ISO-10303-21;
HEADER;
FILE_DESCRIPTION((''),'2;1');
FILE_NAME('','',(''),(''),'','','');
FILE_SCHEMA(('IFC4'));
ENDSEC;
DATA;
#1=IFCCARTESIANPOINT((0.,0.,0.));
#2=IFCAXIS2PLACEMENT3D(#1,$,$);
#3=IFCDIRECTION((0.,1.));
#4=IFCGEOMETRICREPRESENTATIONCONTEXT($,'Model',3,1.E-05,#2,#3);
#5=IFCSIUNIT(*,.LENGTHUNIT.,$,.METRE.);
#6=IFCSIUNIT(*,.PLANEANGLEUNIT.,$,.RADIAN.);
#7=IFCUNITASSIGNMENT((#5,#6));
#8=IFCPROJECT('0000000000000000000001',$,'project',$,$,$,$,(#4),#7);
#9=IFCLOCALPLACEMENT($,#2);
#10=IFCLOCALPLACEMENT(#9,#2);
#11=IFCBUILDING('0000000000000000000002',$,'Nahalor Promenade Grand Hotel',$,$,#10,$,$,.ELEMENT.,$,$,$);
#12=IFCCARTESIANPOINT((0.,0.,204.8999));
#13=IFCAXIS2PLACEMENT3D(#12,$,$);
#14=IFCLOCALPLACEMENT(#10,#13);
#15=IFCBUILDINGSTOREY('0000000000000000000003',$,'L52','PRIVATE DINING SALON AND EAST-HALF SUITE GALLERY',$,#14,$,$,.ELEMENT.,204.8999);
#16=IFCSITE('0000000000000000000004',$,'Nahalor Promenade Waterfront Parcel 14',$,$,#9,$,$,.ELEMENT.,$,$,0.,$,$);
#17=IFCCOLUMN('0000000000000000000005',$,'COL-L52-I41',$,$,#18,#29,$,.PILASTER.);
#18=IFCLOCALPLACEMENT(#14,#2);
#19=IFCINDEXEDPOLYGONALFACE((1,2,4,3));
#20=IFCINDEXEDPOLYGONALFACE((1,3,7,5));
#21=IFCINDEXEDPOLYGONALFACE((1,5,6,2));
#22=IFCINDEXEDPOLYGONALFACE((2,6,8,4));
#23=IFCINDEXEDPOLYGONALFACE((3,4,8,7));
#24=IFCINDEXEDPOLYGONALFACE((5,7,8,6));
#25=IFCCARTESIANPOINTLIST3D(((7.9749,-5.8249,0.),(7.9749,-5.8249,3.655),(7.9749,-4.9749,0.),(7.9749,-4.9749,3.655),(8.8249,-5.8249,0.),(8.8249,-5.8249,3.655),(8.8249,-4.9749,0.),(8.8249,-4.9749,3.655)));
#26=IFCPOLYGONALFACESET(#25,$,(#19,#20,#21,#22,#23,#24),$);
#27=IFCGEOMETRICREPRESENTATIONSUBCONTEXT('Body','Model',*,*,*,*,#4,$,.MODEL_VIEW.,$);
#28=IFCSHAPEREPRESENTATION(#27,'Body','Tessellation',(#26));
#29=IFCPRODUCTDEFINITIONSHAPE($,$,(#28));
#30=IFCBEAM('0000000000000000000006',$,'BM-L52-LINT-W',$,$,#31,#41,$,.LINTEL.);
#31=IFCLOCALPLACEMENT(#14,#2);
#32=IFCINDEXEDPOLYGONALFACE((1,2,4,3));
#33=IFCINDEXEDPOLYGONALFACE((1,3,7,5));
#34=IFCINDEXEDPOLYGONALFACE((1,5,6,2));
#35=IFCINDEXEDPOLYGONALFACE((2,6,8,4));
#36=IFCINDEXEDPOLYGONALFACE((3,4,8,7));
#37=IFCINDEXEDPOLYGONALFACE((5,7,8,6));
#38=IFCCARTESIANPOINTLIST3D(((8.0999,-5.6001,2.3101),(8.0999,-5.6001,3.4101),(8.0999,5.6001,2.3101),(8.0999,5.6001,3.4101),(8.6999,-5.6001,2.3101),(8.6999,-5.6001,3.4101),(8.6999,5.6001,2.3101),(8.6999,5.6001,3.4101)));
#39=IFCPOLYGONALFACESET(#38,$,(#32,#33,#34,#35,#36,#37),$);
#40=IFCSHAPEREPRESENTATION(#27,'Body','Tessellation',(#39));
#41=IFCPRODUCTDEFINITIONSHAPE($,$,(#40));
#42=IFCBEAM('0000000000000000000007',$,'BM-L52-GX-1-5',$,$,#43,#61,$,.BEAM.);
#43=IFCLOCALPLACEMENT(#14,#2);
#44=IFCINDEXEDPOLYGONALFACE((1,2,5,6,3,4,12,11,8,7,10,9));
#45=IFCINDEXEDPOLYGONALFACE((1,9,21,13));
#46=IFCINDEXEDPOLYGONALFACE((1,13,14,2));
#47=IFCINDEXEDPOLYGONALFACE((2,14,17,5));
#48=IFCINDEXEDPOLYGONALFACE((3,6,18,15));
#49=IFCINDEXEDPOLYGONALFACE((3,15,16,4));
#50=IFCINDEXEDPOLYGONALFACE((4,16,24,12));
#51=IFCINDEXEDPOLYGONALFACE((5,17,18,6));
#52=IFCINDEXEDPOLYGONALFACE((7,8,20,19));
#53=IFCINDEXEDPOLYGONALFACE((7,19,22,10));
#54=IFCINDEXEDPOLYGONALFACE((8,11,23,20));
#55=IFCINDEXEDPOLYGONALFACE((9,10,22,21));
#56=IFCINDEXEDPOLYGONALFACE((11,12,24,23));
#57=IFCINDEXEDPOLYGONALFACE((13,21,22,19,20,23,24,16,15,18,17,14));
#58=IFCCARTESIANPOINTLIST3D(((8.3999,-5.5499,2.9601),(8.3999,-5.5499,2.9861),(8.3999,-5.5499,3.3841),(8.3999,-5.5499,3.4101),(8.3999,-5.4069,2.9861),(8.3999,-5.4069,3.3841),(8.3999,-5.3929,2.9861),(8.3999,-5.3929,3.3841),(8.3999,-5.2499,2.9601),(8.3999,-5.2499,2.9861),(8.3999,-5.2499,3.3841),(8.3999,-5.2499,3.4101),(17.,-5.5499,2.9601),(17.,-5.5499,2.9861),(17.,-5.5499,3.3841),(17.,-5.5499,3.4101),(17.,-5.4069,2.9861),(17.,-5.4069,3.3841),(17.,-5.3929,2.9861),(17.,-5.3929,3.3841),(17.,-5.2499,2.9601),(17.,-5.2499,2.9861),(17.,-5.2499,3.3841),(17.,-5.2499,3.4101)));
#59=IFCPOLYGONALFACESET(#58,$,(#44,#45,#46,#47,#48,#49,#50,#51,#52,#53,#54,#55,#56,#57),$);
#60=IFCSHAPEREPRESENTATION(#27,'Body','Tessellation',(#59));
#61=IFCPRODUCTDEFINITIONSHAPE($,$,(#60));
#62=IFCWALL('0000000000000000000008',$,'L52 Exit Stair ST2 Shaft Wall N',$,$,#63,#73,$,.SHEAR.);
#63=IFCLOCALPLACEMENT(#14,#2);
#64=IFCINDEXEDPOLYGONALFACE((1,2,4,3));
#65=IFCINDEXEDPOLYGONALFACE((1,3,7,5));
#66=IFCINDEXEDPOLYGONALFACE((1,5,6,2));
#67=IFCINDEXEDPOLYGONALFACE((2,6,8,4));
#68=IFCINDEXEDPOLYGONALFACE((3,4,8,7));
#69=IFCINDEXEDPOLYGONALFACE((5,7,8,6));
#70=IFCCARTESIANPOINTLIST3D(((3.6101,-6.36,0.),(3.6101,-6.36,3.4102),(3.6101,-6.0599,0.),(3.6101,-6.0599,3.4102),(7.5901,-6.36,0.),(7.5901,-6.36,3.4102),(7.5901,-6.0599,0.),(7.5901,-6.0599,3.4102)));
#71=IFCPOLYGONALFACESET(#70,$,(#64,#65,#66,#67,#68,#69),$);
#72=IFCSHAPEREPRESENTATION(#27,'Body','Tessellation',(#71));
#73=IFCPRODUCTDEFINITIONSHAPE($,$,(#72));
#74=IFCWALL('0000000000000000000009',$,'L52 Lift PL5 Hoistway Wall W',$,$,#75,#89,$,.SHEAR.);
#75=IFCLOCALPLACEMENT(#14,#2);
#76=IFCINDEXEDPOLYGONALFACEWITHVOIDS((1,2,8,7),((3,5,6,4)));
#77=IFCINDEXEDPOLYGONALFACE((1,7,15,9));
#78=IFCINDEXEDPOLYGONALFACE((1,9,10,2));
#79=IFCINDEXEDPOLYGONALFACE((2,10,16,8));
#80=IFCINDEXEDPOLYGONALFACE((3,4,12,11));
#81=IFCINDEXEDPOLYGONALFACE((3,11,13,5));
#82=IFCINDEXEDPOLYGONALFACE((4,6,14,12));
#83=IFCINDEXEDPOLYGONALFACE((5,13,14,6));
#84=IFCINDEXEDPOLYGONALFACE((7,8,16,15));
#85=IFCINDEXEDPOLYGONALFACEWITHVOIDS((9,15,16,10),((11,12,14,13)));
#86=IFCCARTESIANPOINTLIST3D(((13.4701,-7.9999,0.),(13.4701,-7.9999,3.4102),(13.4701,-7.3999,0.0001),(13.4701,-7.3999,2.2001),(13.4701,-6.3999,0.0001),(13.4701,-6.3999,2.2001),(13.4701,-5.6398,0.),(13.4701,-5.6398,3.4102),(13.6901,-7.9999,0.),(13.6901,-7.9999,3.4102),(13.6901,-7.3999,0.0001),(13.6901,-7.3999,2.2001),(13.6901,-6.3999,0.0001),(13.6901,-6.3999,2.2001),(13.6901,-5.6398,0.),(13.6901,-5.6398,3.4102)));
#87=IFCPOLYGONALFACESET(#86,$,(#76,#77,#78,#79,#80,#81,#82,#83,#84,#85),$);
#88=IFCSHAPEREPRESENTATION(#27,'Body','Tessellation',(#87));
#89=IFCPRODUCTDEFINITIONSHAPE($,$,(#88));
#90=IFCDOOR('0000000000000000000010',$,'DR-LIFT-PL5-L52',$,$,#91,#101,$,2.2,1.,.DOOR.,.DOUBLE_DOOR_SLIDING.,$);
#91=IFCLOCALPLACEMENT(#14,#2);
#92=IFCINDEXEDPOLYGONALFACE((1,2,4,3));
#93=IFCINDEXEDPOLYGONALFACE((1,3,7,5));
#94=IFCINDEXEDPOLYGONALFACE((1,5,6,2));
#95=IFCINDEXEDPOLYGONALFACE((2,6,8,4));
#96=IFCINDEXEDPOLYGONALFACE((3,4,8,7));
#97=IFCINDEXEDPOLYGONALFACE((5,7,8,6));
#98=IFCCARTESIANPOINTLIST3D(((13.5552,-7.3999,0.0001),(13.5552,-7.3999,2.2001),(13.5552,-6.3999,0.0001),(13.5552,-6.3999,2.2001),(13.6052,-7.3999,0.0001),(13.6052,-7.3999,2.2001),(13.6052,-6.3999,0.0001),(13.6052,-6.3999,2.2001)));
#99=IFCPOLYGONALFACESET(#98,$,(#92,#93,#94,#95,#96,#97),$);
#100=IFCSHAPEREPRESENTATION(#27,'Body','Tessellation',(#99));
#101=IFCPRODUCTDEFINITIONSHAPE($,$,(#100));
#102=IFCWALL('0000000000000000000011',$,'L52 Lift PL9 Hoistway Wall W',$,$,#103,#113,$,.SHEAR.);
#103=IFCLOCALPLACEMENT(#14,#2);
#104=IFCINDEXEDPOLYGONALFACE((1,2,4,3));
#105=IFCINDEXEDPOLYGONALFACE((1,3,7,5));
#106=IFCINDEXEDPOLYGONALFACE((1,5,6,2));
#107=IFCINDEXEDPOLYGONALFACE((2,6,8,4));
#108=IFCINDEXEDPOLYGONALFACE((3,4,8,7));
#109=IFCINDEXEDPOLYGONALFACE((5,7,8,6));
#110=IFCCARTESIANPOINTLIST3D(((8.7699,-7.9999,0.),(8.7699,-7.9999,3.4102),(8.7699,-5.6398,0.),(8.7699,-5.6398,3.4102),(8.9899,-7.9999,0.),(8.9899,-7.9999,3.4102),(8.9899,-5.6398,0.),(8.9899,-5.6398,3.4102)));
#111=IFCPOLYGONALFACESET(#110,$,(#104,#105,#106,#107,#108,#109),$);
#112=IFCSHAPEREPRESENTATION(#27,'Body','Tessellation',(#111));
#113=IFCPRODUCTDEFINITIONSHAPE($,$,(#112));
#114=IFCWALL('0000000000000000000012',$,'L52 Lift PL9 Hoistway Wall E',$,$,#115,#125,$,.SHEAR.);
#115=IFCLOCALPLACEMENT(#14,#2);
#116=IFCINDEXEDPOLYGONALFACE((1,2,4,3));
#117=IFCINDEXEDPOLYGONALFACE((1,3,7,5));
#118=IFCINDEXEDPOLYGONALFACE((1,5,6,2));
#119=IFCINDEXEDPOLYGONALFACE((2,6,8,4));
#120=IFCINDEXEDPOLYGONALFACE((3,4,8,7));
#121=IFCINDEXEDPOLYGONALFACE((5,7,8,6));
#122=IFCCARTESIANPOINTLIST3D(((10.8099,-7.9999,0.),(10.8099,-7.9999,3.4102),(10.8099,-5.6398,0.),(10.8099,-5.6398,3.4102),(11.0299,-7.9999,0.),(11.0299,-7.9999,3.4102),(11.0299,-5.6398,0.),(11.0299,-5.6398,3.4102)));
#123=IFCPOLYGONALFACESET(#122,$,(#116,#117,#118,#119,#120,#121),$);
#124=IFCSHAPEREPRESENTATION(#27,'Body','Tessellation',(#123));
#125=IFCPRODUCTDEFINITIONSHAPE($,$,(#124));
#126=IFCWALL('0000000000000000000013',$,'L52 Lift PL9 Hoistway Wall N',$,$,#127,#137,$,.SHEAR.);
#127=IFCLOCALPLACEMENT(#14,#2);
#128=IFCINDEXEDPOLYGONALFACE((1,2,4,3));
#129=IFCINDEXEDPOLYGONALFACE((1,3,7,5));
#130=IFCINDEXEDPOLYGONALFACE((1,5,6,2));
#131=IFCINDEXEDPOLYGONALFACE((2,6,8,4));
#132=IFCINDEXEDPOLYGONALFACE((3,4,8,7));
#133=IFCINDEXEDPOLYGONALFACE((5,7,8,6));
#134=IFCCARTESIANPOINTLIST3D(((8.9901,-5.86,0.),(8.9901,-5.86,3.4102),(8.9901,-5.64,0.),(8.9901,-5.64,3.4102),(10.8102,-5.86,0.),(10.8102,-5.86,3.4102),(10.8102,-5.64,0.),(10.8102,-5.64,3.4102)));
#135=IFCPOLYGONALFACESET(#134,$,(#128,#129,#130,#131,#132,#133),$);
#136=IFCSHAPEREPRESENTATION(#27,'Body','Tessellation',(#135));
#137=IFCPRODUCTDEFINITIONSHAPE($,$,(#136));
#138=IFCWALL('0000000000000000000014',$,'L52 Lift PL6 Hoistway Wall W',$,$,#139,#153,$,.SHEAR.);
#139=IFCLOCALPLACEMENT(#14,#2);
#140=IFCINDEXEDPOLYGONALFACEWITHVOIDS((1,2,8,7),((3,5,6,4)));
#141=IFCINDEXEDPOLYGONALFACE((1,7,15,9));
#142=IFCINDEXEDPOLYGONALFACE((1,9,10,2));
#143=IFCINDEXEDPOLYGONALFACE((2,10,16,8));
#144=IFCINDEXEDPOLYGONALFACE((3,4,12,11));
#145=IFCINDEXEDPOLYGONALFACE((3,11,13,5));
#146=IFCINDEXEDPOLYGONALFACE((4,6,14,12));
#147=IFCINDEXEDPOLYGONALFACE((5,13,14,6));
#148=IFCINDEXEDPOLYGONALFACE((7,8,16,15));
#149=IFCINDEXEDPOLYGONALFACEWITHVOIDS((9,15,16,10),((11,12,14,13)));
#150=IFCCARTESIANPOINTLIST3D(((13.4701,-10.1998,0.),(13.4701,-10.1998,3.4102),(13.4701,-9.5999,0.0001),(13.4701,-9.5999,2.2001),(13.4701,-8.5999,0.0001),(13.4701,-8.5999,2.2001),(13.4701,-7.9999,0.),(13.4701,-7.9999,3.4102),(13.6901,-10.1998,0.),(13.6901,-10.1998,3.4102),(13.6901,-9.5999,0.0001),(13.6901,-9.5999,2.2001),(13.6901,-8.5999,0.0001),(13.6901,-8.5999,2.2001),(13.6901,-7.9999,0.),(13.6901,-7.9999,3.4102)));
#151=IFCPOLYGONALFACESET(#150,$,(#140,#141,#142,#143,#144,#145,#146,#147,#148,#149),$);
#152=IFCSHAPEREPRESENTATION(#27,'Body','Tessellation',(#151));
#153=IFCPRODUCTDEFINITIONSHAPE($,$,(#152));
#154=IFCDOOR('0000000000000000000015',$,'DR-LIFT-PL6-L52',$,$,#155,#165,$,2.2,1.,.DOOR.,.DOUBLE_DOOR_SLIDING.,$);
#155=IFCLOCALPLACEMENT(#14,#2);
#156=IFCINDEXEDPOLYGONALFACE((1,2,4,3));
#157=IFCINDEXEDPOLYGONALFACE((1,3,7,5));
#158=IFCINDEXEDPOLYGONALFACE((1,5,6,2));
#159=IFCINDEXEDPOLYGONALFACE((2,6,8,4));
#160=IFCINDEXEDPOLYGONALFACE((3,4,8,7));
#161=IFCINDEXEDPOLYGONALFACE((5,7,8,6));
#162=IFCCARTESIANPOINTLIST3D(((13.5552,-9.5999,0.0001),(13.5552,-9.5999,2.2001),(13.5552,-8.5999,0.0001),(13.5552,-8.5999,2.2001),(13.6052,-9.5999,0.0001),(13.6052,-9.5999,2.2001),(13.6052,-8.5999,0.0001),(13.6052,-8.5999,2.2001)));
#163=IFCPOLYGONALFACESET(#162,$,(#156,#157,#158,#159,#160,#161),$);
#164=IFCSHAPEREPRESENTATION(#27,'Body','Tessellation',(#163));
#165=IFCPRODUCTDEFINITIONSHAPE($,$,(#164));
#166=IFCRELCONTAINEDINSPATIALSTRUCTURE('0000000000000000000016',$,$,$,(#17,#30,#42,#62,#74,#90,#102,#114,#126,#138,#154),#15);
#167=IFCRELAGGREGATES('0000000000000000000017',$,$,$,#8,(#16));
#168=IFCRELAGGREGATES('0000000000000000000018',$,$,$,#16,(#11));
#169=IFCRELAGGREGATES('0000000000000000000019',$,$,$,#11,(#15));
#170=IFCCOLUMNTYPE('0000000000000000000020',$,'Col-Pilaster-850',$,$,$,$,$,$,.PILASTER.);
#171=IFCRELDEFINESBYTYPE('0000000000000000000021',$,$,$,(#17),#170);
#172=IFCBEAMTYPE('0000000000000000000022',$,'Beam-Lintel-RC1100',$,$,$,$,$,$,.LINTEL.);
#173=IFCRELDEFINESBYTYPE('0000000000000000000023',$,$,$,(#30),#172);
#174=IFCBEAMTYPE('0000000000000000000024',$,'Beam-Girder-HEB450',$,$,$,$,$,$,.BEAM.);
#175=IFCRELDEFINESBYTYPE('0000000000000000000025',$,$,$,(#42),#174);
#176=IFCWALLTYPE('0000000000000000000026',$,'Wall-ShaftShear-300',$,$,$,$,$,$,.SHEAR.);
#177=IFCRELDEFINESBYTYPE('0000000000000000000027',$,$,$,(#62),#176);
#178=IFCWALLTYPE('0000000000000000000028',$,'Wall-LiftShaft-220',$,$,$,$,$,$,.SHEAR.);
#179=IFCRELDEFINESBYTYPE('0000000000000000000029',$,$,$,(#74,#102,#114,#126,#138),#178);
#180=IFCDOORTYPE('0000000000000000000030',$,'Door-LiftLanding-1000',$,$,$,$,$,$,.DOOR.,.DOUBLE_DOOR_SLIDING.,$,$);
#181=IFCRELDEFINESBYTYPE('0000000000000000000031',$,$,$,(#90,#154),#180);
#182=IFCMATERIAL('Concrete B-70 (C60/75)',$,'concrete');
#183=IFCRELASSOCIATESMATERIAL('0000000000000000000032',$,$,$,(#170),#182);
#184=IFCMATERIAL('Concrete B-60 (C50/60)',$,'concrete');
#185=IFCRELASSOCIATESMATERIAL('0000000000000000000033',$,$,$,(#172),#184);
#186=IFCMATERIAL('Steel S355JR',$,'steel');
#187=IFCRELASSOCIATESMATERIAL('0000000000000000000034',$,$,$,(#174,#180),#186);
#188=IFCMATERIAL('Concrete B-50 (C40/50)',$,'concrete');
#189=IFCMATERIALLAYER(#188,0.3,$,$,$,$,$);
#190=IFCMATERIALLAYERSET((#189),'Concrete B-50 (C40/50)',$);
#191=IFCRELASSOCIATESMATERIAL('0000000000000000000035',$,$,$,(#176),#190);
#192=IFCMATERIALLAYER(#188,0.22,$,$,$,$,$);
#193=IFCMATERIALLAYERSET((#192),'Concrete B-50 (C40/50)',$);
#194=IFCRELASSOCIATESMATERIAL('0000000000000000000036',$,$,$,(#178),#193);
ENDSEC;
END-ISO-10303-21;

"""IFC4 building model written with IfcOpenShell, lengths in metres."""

from ifc_helpers import new_model, si_unit, direction, frame, frame_2d, origin, origin_2d, place, context, subcontext, project, spatial, rectangle, i_section, extrude, source, transform, mapped, material, layer, layer_set, material_profile, profile_set, type_object, element, fill, save


model = new_model("IFC4")

# Units and contexts
model_context = context("Model", 3, precision=1e-05, world=origin(), true_north=direction((0.0, 1.0)))
body_context = subcontext(model_context, "Body", "Model", "MODEL_VIEW")
ifc_project = project(units=[si_unit("LENGTHUNIT", "METRE"), si_unit("PLANEANGLEUNIT", "RADIAN")], contexts=[model_context])

# Site, building, storey
site_placement = place(None, origin())
site = spatial("IfcSite", under=ifc_project, at=site_placement, Name="Nahalor Promenade Waterfront Parcel 14", CompositionType="ELEMENT", RefElevation=0.0)
building_placement = place(site_placement, origin())
building = spatial("IfcBuilding", under=site, at=building_placement, Name="Nahalor Promenade Grand Hotel", CompositionType="ELEMENT")
storey_placement = place(building_placement, frame((0.0, 0.0, 204.8999)))
storey = spatial("IfcBuildingStorey", under=building, at=storey_placement, Name="L52", Description="PRIVATE DINING SALON AND EAST-HALF SUITE GALLERY", CompositionType="ELEMENT", Elevation=204.8999)

# Column
ifc_material_1 = material(Name="Concrete B-70 (C60/75)", Category="concrete")
ifc_material_profile_1 = material_profile(ifc_material_1, rectangle(XDim=0.85, YDim=0.85, at=origin_2d()), Name="RC 850x850")
ifc_profile_set_1 = profile_set([ifc_material_profile_1], Name="Concrete B-70 (C60/75)")
column_type = type_object("IfcColumnType", Name="Col-Pilaster-850", PredefinedType="PILASTER", material=ifc_profile_set_1)
shared_shape_1 = source(origin(), body_context, "Body", "SweptSolid", [
    extrude(rectangle(XDim=0.85, YDim=0.85, at=origin_2d()), origin(), (0.0, 0.0, 1.0), 3.655),
])
column_placement = place(storey_placement, frame((8.3999, -5.3999, 0.0), z_axis=(0.0, 0.0, 1.0), x_axis=(1.0, 0.0, 0.0)))
element("IfcColumn", 1, at=column_placement, inside=storey, type_object=column_type, Name="COL-L52-I41", PredefinedType="PILASTER", context=body_context, shape_type="MappedRepresentation", body=[
    mapped(shared_shape_1, transform((0.0, 0.0, 0.0), scale=1.0)),
])

# Beams
ifc_material_2 = material(Name="Concrete B-60 (C50/60)", Category="concrete")
ifc_material_profile_2 = material_profile(ifc_material_2, rectangle(XDim=0.6, YDim=1.1, at=origin_2d()), Name="RC 600x1100")
ifc_profile_set_2 = profile_set([ifc_material_profile_2], Name="Concrete B-60 (C50/60)")
beam_type_1 = type_object("IfcBeamType", Name="Beam-Lintel-RC1100", PredefinedType="LINTEL", material=ifc_profile_set_2)
shared_shape_2 = source(origin(), body_context, "Body", "SweptSolid", [
    extrude(rectangle(XDim=0.6, YDim=1.1, at=origin_2d()), origin(), (0.0, 0.0, 1.0), 11.2002),
])
beam_1_placement = place(storey_placement, frame((8.3999, -5.6001, 2.8601), z_axis=(0.0, 1.0, 0.0), x_axis=(-1.0, 0.0, 0.0)))
element("IfcBeam", 2, at=beam_1_placement, inside=storey, type_object=beam_type_1, Name="BM-L52-LINT-W", PredefinedType="LINTEL", context=body_context, shape_type="MappedRepresentation", body=[
    mapped(shared_shape_2, transform((0.0, 0.0, 0.0), scale=1.0)),
])
ifc_material_3 = material(Name="Steel S355JR", Category="steel")
ifc_material_profile_3 = material_profile(ifc_material_3, i_section(OverallWidth=0.3, OverallDepth=0.45, WebThickness=0.014, FlangeThickness=0.026, at=origin_2d()), Name="HEB 450")
ifc_profile_set_3 = profile_set([ifc_material_profile_3], Name="Steel S355JR")
beam_type_2 = type_object("IfcBeamType", Name="Beam-Girder-HEB450", PredefinedType="BEAM", material=ifc_profile_set_3)
shared_shape_3 = source(origin(), body_context, "Body", "SweptSolid", [
    extrude(i_section(OverallWidth=0.3, OverallDepth=0.45, WebThickness=0.014, FlangeThickness=0.026, at=origin_2d()), origin(), (0.0, 0.0, 1.0), 8.6001),
])
beam_2_placement = place(storey_placement, frame((8.3999, -5.3999, 3.1851), z_axis=(1.0, 0.0, 0.0), x_axis=(0.0, 1.0, 0.0)))
element("IfcBeam", 3, at=beam_2_placement, inside=storey, type_object=beam_type_2, Name="BM-L52-GX-1-5", PredefinedType="BEAM", context=body_context, shape_type="MappedRepresentation", body=[
    mapped(shared_shape_3, transform((0.0, 0.0, 0.0), scale=1.0)),
])

# Wall
ifc_material_4 = material(Name="Concrete B-50 (C40/50)", Category="concrete")
ifc_layer_1 = layer(ifc_material_4, 0.3)
ifc_layer_set_1 = layer_set([ifc_layer_1], Name="Concrete B-50 (C40/50)")
wall_type_1 = type_object("IfcWallType", Name="Wall-ShaftShear-300", PredefinedType="SHEAR", material=ifc_layer_set_1)
shared_shape_4 = source(origin(), body_context, "Body", "SweptSolid", [
    extrude(rectangle(XDim=3.98, YDim=0.3, at=frame_2d((1.99, 0.0))), origin(), (0.0, 0.0, 1.0), 3.4102),
])
wall_1_placement = place(storey_placement, frame((3.6101, -6.21, 0.0), z_axis=(0.0, 0.0, 1.0), x_axis=(1.0, 0.0, 0.0)))
element("IfcWall", 4, at=wall_1_placement, inside=storey, type_object=wall_type_1, Name="L52 Exit Stair ST2 Shaft Wall N", PredefinedType="SHEAR", context=body_context, shape_type="MappedRepresentation", body=[
    mapped(shared_shape_4, transform((0.0, 0.0, 0.0), scale=1.0)),
])

# Wall, opening, door
ifc_layer_2 = layer(ifc_material_4, 0.22)
ifc_layer_set_2 = layer_set([ifc_layer_2], Name="Concrete B-50 (C40/50)")
wall_type_2 = type_object("IfcWallType", Name="Wall-LiftShaft-220", PredefinedType="SHEAR", material=ifc_layer_set_2)
shared_shape_5 = source(origin(), body_context, "Body", "SweptSolid", [
    extrude(rectangle(XDim=2.3601, YDim=0.22, at=frame_2d((1.1802, 0.0))), origin(), (0.0, 0.0, 1.0), 3.4102),
])
wall_2_placement = place(storey_placement, frame((13.5801, -8.0, 0.0), z_axis=(0.0, 0.0, 1.0), x_axis=(0.0, 1.0, 0.0)))
wall_2 = element("IfcWall", 5, at=wall_2_placement, inside=storey, type_object=wall_type_2, Name="L52 Lift PL5 Hoistway Wall W", PredefinedType="SHEAR", context=body_context, shape_type="MappedRepresentation", body=[
    mapped(shared_shape_5, transform((0.0, 0.0, 0.0), scale=1.0)),
])
opening_1_placement = place(wall_2_placement, frame((0.6001, 0.0, 0.0)))
opening_1 = element("IfcOpeningElement", 6, at=opening_1_placement, cuts=wall_2, PredefinedType="OPENING", context=body_context, shape_type="SweptSolid", body=[
    extrude(rectangle(XDim=1.0, YDim=2.2, at=frame_2d((0.5, 1.1001))), frame((0.0, 0.1199, 0.0), z_axis=(0.0, -1.0, 0.0), x_axis=(1.0, 0.0, 0.0)), (0.0, 0.0, 1.0), 0.24),
])
door_type = type_object("IfcDoorType", Name="Door-LiftLanding-1000", OperationType="DOUBLE_DOOR_SLIDING", PredefinedType="DOOR", material=ifc_material_3)
shared_shape_6 = source(origin(), body_context, "Body", "SweptSolid", [
    extrude(rectangle(XDim=1.0, YDim=2.2, at=frame_2d((0.5, 1.1001))), frame((0.0, 0.0249, 0.0), z_axis=(0.0, -1.0, 0.0), x_axis=(1.0, 0.0, 0.0)), (0.0, 0.0, 1.0), 0.05),
])
door_1_placement = place(opening_1_placement, origin())
door_1 = element("IfcDoor", 7, at=door_1_placement, inside=storey, type_object=door_type, Name="DR-LIFT-PL5-L52", OperationType="DOUBLE_DOOR_SLIDING", OverallHeight=2.2, OverallWidth=1.0, PredefinedType="DOOR", context=body_context, shape_type="MappedRepresentation", body=[
    mapped(shared_shape_6, transform((0.0, 0.0, 0.0), scale=1.0)),
])
fill(opening_1, door_1)

# Walls
for number, where, z_axis, x_axis, name in (
    (8, (8.8799, -8.0, 0.0), (0.0, 0.0, 1.0), (0.0, 1.0, 0.0), "L52 Lift PL9 Hoistway Wall W"),
    (9, (10.9199, -8.0, 0.0), (0.0, 0.0, 1.0), (0.0, 1.0, 0.0), "L52 Lift PL9 Hoistway Wall E"),
):
    element("IfcWall", number, at=place(storey_placement, frame(where, z_axis=z_axis, x_axis=x_axis)), inside=storey, type_object=wall_type_2, Name=name, PredefinedType="SHEAR", context=body_context, shape_type="MappedRepresentation", body=[
        mapped(shared_shape_5, transform((0.0, 0.0, 0.0), scale=1.0)),
    ])
shared_shape_7 = source(origin(), body_context, "Body", "SweptSolid", [
    extrude(rectangle(XDim=1.8201, YDim=0.22, at=frame_2d((0.9102, 0.0))), origin(), (0.0, 0.0, 1.0), 3.4102),
])
wall_3_placement = place(storey_placement, frame((8.99, -5.75, 0.0), z_axis=(0.0, 0.0, 1.0), x_axis=(1.0, 0.0, 0.0)))
element("IfcWall", 10, at=wall_3_placement, inside=storey, type_object=wall_type_2, Name="L52 Lift PL9 Hoistway Wall N", PredefinedType="SHEAR", context=body_context, shape_type="MappedRepresentation", body=[
    mapped(shared_shape_7, transform((0.0, 0.0, 0.0), scale=1.0)),
])

# Wall, opening, door
shared_shape_8 = source(origin(), body_context, "Body", "SweptSolid", [
    extrude(rectangle(XDim=2.2, YDim=0.22, at=frame_2d((1.1001, 0.0))), origin(), (0.0, 0.0, 1.0), 3.4102),
])
wall_4_placement = place(storey_placement, frame((13.5801, -10.2, 0.0), z_axis=(0.0, 0.0, 1.0), x_axis=(0.0, 1.0, 0.0)))
wall_4 = element("IfcWall", 11, at=wall_4_placement, inside=storey, type_object=wall_type_2, Name="L52 Lift PL6 Hoistway Wall W", PredefinedType="SHEAR", context=body_context, shape_type="MappedRepresentation", body=[
    mapped(shared_shape_8, transform((0.0, 0.0, 0.0), scale=1.0)),
])
opening_2_placement = place(wall_4_placement, frame((0.6001, 0.0, 0.0)))
opening_2 = element("IfcOpeningElement", 12, at=opening_2_placement, cuts=wall_4, PredefinedType="OPENING", context=body_context, shape_type="SweptSolid", body=[
    extrude(rectangle(XDim=1.0, YDim=2.2, at=frame_2d((0.5, 1.1001))), frame((0.0, 0.1199, 0.0), z_axis=(0.0, -1.0, 0.0), x_axis=(1.0, 0.0, 0.0)), (0.0, 0.0, 1.0), 0.24),
])
door_2_placement = place(opening_2_placement, origin())
door_2 = element("IfcDoor", 13, at=door_2_placement, inside=storey, type_object=door_type, Name="DR-LIFT-PL6-L52", OperationType="DOUBLE_DOOR_SLIDING", OverallHeight=2.2, OverallWidth=1.0, PredefinedType="DOOR", context=body_context, shape_type="MappedRepresentation", body=[
    mapped(shared_shape_6, transform((0.0, 0.0, 0.0), scale=1.0)),
])
fill(opening_2, door_2)

save(model, "model.ifc")
